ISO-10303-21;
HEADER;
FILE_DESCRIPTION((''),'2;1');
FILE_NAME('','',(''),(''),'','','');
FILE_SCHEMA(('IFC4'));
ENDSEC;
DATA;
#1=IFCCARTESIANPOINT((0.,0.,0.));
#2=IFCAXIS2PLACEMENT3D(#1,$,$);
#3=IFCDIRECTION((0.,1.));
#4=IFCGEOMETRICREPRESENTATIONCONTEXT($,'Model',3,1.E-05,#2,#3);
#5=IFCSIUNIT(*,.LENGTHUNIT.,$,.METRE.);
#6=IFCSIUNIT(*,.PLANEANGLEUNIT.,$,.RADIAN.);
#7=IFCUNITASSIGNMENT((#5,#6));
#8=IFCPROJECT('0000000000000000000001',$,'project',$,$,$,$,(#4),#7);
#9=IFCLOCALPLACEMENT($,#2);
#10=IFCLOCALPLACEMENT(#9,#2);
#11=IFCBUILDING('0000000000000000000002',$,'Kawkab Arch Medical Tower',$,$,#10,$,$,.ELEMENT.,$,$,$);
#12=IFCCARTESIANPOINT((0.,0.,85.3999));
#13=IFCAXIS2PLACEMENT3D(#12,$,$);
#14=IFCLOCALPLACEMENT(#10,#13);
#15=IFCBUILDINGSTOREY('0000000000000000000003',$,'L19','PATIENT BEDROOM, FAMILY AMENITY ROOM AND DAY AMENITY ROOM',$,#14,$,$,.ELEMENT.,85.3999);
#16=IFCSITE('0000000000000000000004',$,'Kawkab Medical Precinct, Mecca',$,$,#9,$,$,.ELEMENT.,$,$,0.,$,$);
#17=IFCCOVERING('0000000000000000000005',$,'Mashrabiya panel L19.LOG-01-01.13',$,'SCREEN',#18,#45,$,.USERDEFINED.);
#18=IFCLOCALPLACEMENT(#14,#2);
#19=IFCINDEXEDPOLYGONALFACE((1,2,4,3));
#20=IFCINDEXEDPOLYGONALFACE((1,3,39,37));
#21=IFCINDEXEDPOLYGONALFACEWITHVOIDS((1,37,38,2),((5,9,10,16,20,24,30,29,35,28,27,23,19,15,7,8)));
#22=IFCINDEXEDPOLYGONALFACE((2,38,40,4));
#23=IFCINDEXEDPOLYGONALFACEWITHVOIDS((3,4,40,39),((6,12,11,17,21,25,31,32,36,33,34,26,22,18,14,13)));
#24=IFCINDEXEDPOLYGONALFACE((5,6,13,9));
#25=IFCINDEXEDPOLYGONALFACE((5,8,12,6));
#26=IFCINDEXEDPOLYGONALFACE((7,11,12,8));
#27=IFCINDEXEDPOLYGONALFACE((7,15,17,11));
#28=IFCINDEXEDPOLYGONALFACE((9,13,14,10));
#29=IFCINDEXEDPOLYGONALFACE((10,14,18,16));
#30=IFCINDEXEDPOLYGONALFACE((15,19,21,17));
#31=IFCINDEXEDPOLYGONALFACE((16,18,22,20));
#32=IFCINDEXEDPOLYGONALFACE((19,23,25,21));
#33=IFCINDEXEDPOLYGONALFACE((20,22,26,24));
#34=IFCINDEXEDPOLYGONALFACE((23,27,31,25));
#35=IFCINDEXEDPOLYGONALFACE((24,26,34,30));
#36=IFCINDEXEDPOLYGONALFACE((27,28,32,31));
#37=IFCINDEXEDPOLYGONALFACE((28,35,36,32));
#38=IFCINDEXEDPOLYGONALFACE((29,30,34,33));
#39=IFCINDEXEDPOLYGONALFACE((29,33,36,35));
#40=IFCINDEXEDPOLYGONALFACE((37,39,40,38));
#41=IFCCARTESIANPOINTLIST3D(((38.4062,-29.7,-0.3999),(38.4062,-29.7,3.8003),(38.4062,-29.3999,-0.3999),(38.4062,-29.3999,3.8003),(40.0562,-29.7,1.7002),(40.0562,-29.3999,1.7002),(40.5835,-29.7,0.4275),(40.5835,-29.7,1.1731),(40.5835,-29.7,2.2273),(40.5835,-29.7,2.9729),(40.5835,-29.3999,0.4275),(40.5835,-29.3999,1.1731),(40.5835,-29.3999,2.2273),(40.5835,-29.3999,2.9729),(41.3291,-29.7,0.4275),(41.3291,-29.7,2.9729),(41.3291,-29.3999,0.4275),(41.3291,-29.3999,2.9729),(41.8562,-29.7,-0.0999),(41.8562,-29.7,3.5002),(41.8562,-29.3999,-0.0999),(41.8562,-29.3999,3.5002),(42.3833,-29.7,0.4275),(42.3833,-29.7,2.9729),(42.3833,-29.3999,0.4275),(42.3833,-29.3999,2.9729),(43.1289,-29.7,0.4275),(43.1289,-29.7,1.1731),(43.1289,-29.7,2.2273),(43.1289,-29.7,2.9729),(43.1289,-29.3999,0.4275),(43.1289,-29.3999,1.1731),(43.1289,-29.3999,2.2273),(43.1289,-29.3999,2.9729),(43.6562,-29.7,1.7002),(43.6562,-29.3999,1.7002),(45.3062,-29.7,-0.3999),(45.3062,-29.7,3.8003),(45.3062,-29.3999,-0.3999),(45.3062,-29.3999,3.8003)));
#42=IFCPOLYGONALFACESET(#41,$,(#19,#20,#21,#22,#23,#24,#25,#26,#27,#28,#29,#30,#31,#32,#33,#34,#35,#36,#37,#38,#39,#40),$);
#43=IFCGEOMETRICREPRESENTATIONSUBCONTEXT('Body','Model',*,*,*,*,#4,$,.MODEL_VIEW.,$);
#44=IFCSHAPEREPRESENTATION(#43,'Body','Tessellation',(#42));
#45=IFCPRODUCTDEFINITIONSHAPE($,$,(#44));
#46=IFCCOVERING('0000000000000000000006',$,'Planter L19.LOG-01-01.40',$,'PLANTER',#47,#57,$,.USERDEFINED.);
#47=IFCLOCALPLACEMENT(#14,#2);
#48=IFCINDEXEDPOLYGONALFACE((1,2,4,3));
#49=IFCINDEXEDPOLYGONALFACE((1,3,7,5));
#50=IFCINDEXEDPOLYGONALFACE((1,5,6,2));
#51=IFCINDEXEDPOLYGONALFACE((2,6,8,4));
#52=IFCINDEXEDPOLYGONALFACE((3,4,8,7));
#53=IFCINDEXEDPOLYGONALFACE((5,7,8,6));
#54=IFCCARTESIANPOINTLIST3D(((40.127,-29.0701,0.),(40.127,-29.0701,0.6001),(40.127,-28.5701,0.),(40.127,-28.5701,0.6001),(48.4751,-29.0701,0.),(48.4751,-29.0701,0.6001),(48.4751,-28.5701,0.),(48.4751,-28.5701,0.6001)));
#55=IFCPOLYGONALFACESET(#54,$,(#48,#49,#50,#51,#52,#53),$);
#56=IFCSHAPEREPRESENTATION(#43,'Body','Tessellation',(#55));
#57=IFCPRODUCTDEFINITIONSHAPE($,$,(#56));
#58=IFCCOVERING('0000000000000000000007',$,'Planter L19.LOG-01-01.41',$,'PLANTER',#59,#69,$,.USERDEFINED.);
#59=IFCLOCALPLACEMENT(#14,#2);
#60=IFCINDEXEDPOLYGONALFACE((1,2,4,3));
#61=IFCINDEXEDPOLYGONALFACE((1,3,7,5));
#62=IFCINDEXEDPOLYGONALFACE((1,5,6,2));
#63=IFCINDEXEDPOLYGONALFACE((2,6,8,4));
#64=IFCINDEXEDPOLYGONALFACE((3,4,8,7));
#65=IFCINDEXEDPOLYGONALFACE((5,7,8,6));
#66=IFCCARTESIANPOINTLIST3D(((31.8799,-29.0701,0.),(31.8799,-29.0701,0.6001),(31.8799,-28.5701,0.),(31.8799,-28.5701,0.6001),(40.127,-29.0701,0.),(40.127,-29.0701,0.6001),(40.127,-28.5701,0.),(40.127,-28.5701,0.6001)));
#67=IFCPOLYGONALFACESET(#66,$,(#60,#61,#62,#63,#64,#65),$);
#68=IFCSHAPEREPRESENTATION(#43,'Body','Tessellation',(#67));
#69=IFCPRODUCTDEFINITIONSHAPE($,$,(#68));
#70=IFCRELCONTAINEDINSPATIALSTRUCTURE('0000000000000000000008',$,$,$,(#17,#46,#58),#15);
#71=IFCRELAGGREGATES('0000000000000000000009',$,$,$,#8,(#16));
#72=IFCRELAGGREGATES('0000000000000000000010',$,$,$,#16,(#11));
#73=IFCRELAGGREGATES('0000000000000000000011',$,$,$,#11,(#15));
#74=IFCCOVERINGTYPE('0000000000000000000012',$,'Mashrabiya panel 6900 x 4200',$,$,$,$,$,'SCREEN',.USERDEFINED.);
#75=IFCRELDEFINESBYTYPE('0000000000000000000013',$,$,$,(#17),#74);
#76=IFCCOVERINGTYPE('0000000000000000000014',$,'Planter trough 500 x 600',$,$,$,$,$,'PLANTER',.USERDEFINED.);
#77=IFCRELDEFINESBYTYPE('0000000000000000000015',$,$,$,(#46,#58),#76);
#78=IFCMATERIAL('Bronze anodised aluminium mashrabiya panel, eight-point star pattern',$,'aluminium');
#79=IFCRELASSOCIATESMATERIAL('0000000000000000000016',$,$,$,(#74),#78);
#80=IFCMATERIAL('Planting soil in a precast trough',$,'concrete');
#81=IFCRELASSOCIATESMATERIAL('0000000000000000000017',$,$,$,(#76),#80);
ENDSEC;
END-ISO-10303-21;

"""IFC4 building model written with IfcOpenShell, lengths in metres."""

from ifc_helpers import new_model, si_unit, direction, frame, origin, origin_2d, place, context, subcontext, project, spatial, polyline, rectangle, outline, extrude, material, material_profile, profile_set, type_object, element, save


model = new_model("IFC4")

# Units and contexts
model_context = context("Model", 3, precision=1e-05, world=origin(), true_north=direction((0.0, 1.0)))
body_context = subcontext(model_context, "Body", "Model", "MODEL_VIEW")
ifc_project = project(units=[si_unit("LENGTHUNIT", "METRE"), si_unit("PLANEANGLEUNIT", "RADIAN")], contexts=[model_context])

# Site, building, storey
site_placement = place(None, origin())
site = spatial("IfcSite", under=ifc_project, at=site_placement, Name="Kawkab Medical Precinct, Mecca", CompositionType="ELEMENT", RefElevation=0.0)
building_placement = place(site_placement, origin())
building = spatial("IfcBuilding", under=site, at=building_placement, Name="Kawkab Arch Medical Tower", CompositionType="ELEMENT")
storey_placement = place(building_placement, frame((0.0, 0.0, 85.3999)))
storey = spatial("IfcBuildingStorey", under=building, at=storey_placement, Name="L19", Description="PATIENT BEDROOM, FAMILY AMENITY ROOM AND DAY AMENITY ROOM", CompositionType="ELEMENT", Elevation=85.3999)

# Coverings
ifc_material_1 = material(Name="Bronze anodised aluminium mashrabiya panel, eight-point star pattern", Category="aluminium")
ifc_material_profile_1 = material_profile(ifc_material_1, outline(polyline([(-3.45, -2.1001), (3.45, -2.1001), (3.45, 2.1001), (-3.45, 2.1001), (-3.45, -2.1001)]), holes=[polyline([(1.8, 0.0), (1.2727, 0.5271), (1.2727, 1.2727), (0.5271, 1.2727), (0.0, 1.8), (-0.5271, 1.2727), (-1.2727, 1.2727), (-1.2727, 0.5271), (-1.8, 0.0), (-1.2727, -0.5271), (-1.2727, -1.2727), (-0.5271, -1.2727), (0.0, -1.8), (0.5271, -1.2727), (1.2727, -1.2727), (1.2727, -0.5271), (1.8, 0.0)])]), Name="Mashrabiya panel 6900x4200")
ifc_profile_set_1 = profile_set([ifc_material_profile_1], Name="Bronze anodised aluminium mashrabiya panel, eight-point star pattern")
covering_type_1 = type_object("IfcCoveringType", Name="Mashrabiya panel 6900 x 4200", ElementType="SCREEN", PredefinedType="USERDEFINED", material=ifc_profile_set_1)
covering_1_placement = place(storey_placement, frame((41.8562, -29.3999, 1.7002), z_axis=(0.0, -1.0, 0.0), x_axis=(1.0, 0.0, 0.0)))
element("IfcCovering", 1, at=covering_1_placement, inside=storey, type_object=covering_type_1, Name="Mashrabiya panel L19.LOG-01-01.13", ObjectType="SCREEN", PredefinedType="USERDEFINED", context=body_context, shape_type="SweptSolid", body=[
    extrude(outline(polyline([(-3.45, -2.1001), (3.45, -2.1001), (3.45, 2.1001), (-3.45, 2.1001), (-3.45, -2.1001)]), holes=[polyline([(1.8, 0.0), (1.2727, 0.5271), (1.2727, 1.2727), (0.5271, 1.2727), (0.0, 1.8), (-0.5271, 1.2727), (-1.2727, 1.2727), (-1.2727, 0.5271), (-1.8, 0.0), (-1.2727, -0.5271), (-1.2727, -1.2727), (-0.5271, -1.2727), (0.0, -1.8), (0.5271, -1.2727), (1.2727, -1.2727), (1.2727, -0.5271), (1.8, 0.0)])]), origin(), (0.0, 0.0, 1.0), 0.3),
])
ifc_material_2 = material(Name="Planting soil in a precast trough", Category="concrete")
ifc_material_profile_2 = material_profile(ifc_material_2, rectangle(XDim=0.5, YDim=0.6001, at=origin_2d()), Name="Trough 500x600")
ifc_profile_set_2 = profile_set([ifc_material_profile_2], Name="Planting soil in a precast trough")
covering_type_2 = type_object("IfcCoveringType", Name="Planter trough 500 x 600", ElementType="PLANTER", PredefinedType="USERDEFINED", material=ifc_profile_set_2)
covering_2_placement = place(storey_placement, frame((48.4751, -28.8201, 0.3), z_axis=(-1.0, 0.0, 0.0), x_axis=(0.0, -1.0, 0.0)))
element("IfcCovering", 2, at=covering_2_placement, inside=storey, type_object=covering_type_2, Name="Planter L19.LOG-01-01.40", ObjectType="PLANTER", PredefinedType="USERDEFINED", context=body_context, shape_type="SweptSolid", body=[
    extrude(rectangle(XDim=0.5, YDim=0.6001, at=origin_2d()), origin(), (0.0, 0.0, 1.0), 8.3481),
])
covering_3_placement = place(storey_placement, frame((40.127, -28.8201, 0.3), z_axis=(-1.0, 0.0, 0.0), x_axis=(0.0, -1.0, 0.0)))
element("IfcCovering", 3, at=covering_3_placement, inside=storey, type_object=covering_type_2, Name="Planter L19.LOG-01-01.41", ObjectType="PLANTER", PredefinedType="USERDEFINED", context=body_context, shape_type="SweptSolid", body=[
    extrude(rectangle(XDim=0.5, YDim=0.6001, at=origin_2d()), origin(), (0.0, 0.0, 1.0), 8.2471),
])

save(model, "model.ifc")
